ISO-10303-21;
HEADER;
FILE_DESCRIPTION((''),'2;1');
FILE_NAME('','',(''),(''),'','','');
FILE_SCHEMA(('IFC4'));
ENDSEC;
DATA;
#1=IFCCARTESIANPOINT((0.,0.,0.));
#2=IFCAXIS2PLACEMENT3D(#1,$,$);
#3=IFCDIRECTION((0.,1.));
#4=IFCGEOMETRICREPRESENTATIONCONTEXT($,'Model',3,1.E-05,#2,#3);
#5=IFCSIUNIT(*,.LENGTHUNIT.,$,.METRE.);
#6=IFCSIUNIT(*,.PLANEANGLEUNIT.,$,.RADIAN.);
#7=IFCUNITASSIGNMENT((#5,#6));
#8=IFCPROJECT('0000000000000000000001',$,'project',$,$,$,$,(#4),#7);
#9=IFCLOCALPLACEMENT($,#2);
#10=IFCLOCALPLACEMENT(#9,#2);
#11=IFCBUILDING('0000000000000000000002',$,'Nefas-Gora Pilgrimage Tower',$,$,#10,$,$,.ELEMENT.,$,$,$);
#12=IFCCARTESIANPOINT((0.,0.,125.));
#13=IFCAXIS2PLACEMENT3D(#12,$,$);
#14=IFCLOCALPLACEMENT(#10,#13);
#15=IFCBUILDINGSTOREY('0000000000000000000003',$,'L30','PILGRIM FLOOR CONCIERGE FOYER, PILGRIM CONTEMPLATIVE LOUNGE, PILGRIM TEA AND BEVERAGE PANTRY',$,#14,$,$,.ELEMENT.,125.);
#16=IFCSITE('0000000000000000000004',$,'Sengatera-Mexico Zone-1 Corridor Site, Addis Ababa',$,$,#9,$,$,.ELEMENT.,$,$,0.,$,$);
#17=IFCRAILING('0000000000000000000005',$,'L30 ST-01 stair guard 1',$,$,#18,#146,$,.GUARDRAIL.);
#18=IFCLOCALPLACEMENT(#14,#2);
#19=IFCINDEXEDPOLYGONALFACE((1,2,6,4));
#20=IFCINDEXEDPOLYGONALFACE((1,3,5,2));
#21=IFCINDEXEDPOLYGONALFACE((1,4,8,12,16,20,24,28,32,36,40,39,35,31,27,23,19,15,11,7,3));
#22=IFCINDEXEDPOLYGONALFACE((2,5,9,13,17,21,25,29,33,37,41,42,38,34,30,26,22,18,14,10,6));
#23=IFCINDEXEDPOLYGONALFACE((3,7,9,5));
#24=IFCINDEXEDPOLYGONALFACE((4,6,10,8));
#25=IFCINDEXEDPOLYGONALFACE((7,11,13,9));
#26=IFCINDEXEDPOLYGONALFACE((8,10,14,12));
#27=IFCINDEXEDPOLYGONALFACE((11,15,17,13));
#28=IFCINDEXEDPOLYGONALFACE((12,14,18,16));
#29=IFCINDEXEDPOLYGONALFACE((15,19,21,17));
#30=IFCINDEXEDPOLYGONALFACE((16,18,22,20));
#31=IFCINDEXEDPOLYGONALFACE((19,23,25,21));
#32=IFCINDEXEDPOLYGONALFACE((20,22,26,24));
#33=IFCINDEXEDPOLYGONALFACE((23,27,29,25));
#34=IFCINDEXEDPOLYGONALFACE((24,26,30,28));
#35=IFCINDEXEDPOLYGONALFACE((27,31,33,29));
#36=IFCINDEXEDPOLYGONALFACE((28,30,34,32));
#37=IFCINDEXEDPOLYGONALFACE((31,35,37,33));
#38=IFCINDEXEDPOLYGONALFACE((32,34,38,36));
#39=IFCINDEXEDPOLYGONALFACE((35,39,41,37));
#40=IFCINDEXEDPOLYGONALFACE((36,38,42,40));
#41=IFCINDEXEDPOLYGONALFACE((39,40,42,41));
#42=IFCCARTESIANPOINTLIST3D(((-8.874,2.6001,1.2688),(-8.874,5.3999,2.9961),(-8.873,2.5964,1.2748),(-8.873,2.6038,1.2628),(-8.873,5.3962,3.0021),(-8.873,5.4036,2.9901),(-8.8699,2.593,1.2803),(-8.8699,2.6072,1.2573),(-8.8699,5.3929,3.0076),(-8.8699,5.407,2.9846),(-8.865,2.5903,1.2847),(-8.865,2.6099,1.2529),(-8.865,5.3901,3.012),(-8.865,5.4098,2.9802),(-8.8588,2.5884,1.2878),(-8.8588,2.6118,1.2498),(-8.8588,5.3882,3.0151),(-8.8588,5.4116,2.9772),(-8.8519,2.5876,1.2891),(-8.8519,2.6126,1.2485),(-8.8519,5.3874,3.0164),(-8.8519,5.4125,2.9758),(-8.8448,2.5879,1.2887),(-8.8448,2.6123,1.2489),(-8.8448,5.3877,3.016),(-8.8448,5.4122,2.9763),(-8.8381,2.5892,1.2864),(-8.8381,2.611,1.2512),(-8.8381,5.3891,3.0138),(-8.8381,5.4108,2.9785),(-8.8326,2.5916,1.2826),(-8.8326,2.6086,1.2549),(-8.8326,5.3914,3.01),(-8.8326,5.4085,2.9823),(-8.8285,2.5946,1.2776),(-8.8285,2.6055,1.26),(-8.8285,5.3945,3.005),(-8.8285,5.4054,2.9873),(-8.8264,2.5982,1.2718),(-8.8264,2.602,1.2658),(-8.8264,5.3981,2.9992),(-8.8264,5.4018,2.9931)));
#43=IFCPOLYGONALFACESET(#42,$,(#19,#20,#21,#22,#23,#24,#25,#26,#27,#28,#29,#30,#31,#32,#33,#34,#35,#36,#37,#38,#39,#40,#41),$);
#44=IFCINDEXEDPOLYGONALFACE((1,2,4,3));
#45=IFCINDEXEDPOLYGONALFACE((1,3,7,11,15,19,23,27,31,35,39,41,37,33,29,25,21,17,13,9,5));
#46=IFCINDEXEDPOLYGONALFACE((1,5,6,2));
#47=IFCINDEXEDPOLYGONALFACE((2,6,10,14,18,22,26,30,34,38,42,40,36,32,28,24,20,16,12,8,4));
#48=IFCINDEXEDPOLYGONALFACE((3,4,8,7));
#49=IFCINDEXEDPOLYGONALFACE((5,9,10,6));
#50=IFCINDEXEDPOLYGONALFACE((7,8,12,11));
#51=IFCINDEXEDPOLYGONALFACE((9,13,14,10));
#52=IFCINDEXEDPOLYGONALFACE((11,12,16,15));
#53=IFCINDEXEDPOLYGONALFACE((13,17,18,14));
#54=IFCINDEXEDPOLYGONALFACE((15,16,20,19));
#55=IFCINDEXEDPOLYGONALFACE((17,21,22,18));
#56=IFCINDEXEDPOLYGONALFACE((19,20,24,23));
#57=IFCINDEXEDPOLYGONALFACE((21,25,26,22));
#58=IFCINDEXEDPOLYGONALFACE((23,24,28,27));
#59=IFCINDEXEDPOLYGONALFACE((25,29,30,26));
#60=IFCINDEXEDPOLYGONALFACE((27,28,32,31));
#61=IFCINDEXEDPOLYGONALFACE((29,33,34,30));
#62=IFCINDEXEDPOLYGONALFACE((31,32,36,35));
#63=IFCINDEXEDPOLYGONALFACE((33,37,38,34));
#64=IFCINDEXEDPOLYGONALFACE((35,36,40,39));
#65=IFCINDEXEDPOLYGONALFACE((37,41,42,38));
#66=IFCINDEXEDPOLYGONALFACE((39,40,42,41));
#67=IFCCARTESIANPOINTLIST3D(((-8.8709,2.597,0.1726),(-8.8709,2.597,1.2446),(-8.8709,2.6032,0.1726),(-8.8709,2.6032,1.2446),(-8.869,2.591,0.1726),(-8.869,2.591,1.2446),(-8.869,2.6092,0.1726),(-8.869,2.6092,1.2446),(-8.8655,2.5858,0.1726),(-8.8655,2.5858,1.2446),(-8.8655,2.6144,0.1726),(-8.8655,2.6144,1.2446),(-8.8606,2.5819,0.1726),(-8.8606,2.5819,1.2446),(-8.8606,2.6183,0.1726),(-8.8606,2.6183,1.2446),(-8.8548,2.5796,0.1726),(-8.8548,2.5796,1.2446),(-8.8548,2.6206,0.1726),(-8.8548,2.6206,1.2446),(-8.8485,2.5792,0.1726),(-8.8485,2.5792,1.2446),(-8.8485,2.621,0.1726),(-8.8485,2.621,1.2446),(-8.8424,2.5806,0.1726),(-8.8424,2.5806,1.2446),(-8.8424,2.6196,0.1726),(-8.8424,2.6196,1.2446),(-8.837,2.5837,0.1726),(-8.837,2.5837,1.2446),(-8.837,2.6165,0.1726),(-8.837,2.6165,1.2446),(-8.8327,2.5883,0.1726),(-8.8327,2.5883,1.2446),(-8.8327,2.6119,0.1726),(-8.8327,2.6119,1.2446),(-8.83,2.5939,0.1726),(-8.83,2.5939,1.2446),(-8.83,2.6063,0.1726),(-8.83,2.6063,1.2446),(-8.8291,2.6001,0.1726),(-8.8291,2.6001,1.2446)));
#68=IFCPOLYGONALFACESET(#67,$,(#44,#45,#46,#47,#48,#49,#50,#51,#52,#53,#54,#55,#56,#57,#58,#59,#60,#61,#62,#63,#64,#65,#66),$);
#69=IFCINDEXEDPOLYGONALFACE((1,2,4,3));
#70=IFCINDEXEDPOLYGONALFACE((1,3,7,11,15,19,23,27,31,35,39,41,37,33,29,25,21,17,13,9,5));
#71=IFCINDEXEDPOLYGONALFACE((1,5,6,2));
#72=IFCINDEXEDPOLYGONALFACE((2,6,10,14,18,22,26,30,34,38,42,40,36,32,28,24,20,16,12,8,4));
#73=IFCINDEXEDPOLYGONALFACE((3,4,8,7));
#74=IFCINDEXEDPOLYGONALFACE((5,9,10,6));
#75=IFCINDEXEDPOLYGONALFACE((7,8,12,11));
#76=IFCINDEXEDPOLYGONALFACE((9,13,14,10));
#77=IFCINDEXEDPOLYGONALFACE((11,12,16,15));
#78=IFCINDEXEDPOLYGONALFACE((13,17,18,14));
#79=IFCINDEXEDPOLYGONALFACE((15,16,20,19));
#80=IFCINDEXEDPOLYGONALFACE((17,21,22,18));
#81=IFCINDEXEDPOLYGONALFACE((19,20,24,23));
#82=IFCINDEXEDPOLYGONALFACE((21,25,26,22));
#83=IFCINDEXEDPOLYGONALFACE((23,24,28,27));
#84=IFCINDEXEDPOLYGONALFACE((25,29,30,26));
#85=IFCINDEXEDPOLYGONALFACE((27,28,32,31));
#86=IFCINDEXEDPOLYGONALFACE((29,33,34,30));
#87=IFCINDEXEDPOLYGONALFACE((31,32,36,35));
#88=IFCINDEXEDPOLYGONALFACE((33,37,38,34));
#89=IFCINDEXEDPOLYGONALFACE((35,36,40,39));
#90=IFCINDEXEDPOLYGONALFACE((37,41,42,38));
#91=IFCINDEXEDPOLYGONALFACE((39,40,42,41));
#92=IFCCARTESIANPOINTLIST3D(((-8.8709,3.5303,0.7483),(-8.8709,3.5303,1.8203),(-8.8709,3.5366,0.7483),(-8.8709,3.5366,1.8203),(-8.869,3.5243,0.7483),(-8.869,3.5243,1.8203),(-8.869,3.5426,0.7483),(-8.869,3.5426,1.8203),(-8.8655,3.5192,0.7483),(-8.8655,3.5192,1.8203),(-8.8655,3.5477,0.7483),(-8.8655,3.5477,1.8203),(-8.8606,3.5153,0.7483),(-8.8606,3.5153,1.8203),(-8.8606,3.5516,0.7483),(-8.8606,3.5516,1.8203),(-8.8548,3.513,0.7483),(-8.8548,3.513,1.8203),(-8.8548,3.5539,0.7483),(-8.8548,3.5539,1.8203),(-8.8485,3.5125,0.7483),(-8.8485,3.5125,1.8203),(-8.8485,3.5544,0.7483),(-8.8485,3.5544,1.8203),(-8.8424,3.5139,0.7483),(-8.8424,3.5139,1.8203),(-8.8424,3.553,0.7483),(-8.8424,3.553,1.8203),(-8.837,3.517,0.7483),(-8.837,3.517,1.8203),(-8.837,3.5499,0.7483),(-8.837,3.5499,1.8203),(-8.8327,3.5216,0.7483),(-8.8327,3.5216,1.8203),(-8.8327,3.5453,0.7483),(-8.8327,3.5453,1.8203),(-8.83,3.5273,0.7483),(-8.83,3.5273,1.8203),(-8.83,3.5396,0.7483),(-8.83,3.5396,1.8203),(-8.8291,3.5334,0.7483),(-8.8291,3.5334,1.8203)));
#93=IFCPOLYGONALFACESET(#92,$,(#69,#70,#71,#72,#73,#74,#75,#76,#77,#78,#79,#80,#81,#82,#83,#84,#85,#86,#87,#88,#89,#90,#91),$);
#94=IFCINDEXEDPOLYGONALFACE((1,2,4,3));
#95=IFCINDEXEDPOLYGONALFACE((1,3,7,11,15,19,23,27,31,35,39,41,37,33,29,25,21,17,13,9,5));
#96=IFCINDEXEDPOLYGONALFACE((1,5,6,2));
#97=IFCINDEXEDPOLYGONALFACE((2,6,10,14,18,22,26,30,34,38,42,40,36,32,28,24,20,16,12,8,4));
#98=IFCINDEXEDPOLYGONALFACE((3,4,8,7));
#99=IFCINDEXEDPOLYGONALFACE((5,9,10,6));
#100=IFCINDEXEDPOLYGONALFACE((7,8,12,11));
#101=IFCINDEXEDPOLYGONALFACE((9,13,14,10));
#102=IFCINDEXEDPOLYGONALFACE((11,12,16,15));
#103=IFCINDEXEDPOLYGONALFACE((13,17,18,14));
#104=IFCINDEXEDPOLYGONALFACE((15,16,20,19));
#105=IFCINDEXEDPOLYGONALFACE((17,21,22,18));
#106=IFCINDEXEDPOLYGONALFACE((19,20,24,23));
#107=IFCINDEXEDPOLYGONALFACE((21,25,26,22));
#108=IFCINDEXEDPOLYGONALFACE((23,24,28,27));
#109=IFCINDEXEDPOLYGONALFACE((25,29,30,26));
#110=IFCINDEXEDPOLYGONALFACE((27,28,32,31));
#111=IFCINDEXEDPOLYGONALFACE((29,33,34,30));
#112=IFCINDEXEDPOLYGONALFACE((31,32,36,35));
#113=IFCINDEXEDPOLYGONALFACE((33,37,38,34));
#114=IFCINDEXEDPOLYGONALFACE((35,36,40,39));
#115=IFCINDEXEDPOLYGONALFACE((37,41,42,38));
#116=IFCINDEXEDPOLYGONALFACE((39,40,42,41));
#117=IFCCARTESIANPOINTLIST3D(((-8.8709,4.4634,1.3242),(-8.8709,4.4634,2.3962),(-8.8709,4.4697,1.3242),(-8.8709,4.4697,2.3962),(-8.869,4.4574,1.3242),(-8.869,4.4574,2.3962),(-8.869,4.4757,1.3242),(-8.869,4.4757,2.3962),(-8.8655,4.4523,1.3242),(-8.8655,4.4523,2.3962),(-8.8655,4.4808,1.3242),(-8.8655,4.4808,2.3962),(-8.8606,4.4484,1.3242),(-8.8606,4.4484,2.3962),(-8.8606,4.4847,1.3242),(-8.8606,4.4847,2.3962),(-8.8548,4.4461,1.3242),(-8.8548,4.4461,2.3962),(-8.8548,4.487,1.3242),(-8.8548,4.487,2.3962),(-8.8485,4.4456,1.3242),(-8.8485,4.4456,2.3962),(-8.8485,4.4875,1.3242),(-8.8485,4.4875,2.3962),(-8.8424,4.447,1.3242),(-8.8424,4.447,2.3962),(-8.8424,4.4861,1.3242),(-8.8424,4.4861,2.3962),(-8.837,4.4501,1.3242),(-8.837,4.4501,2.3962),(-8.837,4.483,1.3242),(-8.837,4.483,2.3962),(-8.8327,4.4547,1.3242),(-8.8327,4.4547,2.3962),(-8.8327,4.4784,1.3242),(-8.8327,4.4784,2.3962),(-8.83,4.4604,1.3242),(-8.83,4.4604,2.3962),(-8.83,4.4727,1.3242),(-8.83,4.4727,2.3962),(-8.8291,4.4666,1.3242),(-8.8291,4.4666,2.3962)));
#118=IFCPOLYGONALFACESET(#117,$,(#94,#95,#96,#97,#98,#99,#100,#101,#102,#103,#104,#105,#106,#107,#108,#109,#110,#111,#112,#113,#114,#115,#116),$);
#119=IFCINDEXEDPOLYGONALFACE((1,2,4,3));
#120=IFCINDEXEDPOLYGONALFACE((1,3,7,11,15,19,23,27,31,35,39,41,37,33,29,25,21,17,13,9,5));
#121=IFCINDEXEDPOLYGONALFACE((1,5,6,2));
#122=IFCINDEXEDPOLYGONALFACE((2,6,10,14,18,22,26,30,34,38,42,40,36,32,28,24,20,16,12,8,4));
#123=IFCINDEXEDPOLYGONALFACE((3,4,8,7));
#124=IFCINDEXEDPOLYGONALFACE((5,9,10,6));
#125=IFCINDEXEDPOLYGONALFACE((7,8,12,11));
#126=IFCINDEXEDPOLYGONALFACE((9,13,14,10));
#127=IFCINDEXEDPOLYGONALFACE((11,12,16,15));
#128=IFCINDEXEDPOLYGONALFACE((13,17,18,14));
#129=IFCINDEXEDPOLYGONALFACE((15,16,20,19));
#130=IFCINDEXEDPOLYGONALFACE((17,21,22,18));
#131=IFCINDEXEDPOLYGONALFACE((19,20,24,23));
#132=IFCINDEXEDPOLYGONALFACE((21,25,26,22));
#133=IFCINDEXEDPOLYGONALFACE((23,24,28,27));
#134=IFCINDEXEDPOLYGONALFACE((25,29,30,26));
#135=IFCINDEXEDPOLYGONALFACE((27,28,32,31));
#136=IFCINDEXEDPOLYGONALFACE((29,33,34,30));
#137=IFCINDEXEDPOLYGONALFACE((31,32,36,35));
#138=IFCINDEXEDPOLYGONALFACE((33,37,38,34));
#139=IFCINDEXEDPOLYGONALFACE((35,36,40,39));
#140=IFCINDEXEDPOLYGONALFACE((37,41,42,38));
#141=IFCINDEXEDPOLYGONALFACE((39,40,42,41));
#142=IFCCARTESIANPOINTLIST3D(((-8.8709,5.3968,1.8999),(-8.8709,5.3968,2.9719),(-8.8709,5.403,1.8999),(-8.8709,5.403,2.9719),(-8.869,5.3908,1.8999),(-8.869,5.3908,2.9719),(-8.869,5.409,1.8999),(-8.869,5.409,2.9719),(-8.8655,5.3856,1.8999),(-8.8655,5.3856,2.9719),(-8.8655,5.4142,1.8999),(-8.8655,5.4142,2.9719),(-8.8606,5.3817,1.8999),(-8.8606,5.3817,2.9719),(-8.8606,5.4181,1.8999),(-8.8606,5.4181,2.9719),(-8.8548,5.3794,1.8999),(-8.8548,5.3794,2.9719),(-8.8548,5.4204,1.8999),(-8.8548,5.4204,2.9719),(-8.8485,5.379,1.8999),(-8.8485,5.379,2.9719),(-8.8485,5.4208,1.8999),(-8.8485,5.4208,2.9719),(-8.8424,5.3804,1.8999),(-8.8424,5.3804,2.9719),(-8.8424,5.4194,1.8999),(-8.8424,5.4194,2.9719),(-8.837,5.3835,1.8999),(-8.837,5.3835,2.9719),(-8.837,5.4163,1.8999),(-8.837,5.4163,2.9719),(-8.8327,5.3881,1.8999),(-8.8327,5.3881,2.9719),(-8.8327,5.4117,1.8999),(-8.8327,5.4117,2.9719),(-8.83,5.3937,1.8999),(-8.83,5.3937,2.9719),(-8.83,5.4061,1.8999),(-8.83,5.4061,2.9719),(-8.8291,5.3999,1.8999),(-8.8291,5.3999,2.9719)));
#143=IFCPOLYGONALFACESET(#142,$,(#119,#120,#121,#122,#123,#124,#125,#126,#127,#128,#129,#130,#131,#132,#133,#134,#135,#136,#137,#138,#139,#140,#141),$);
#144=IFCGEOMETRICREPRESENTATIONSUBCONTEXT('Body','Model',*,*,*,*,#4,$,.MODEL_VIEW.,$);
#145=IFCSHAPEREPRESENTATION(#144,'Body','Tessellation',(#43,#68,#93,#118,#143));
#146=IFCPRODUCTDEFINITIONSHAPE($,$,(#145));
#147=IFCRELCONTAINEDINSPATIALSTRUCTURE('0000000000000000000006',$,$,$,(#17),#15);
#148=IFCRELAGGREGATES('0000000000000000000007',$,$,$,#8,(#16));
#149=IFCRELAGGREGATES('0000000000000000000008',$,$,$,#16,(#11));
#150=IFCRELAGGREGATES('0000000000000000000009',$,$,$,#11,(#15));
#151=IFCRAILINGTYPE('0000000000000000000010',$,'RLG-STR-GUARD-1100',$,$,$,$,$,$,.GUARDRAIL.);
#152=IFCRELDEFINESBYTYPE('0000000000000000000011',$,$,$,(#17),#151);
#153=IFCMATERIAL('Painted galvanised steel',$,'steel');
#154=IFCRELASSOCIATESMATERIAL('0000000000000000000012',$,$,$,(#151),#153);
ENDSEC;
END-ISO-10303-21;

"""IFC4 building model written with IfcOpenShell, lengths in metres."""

from ifc_helpers import new_model, si_unit, direction, frame, origin, origin_2d, place, context, subcontext, project, spatial, circle, extrude, material, type_object, element, save


model = new_model("IFC4")

# Units and contexts
model_context = context("Model", 3, precision=1e-05, world=origin(), true_north=direction((0.0, 1.0)))
body_context = subcontext(model_context, "Body", "Model", "MODEL_VIEW")
ifc_project = project(units=[si_unit("LENGTHUNIT", "METRE"), si_unit("PLANEANGLEUNIT", "RADIAN")], contexts=[model_context])

# Site, building, storey
site_placement = place(None, origin())
site = spatial("IfcSite", under=ifc_project, at=site_placement, Name="Sengatera-Mexico Zone-1 Corridor Site, Addis Ababa", CompositionType="ELEMENT", RefElevation=0.0)
building_placement = place(site_placement, origin())
building = spatial("IfcBuilding", under=site, at=building_placement, Name="Nefas-Gora Pilgrimage Tower", CompositionType="ELEMENT")
storey_placement = place(building_placement, frame((0.0, 0.0, 125.0)))
storey = spatial("IfcBuildingStorey", under=building, at=storey_placement, Name="L30", Description="PILGRIM FLOOR CONCIERGE FOYER, PILGRIM CONTEMPLATIVE LOUNGE, PILGRIM TEA AND BEVERAGE PANTRY", CompositionType="ELEMENT", Elevation=125.0)

# Railing
ifc_material_1 = material(Name="Painted galvanised steel", Category="steel")
railing_type_1 = type_object("IfcRailingType", Name="RLG-STR-GUARD-1100", PredefinedType="GUARDRAIL", material=ifc_material_1)
railing_1_placement = place(storey_placement, frame((-8.8501, 2.6001, 0.1726)))
element("IfcRailing", 1, at=railing_1_placement, inside=storey, type_object=railing_type_1, Name="L30 ST-01 stair guard 1", PredefinedType="GUARDRAIL", context=body_context, shape_type="SweptSolid", body=[
    extrude(circle(Radius=0.0239, at=origin_2d()), frame((0.0, 0.0, 1.0962), z_axis=(0.0, 0.851069, 0.525054), x_axis=(-1.0, 0.0, 0.0)), (0.0, 0.0, 1.0), 3.2898),
    extrude(circle(Radius=0.021, at=origin_2d()), origin(), (0.0, 0.0, 1.0), 1.072),
    extrude(circle(Radius=0.021, at=origin_2d()), frame((0.0, 0.9333, 0.5757)), (0.0, 0.0, 1.0), 1.072),
    extrude(circle(Radius=0.021, at=origin_2d()), frame((0.0, 1.8665, 1.1516)), (0.0, 0.0, 1.0), 1.072),
    extrude(circle(Radius=0.021, at=origin_2d()), frame((0.0, 2.7998, 1.7273)), (0.0, 0.0, 1.0), 1.072),
])

save(model, "model.ifc")
